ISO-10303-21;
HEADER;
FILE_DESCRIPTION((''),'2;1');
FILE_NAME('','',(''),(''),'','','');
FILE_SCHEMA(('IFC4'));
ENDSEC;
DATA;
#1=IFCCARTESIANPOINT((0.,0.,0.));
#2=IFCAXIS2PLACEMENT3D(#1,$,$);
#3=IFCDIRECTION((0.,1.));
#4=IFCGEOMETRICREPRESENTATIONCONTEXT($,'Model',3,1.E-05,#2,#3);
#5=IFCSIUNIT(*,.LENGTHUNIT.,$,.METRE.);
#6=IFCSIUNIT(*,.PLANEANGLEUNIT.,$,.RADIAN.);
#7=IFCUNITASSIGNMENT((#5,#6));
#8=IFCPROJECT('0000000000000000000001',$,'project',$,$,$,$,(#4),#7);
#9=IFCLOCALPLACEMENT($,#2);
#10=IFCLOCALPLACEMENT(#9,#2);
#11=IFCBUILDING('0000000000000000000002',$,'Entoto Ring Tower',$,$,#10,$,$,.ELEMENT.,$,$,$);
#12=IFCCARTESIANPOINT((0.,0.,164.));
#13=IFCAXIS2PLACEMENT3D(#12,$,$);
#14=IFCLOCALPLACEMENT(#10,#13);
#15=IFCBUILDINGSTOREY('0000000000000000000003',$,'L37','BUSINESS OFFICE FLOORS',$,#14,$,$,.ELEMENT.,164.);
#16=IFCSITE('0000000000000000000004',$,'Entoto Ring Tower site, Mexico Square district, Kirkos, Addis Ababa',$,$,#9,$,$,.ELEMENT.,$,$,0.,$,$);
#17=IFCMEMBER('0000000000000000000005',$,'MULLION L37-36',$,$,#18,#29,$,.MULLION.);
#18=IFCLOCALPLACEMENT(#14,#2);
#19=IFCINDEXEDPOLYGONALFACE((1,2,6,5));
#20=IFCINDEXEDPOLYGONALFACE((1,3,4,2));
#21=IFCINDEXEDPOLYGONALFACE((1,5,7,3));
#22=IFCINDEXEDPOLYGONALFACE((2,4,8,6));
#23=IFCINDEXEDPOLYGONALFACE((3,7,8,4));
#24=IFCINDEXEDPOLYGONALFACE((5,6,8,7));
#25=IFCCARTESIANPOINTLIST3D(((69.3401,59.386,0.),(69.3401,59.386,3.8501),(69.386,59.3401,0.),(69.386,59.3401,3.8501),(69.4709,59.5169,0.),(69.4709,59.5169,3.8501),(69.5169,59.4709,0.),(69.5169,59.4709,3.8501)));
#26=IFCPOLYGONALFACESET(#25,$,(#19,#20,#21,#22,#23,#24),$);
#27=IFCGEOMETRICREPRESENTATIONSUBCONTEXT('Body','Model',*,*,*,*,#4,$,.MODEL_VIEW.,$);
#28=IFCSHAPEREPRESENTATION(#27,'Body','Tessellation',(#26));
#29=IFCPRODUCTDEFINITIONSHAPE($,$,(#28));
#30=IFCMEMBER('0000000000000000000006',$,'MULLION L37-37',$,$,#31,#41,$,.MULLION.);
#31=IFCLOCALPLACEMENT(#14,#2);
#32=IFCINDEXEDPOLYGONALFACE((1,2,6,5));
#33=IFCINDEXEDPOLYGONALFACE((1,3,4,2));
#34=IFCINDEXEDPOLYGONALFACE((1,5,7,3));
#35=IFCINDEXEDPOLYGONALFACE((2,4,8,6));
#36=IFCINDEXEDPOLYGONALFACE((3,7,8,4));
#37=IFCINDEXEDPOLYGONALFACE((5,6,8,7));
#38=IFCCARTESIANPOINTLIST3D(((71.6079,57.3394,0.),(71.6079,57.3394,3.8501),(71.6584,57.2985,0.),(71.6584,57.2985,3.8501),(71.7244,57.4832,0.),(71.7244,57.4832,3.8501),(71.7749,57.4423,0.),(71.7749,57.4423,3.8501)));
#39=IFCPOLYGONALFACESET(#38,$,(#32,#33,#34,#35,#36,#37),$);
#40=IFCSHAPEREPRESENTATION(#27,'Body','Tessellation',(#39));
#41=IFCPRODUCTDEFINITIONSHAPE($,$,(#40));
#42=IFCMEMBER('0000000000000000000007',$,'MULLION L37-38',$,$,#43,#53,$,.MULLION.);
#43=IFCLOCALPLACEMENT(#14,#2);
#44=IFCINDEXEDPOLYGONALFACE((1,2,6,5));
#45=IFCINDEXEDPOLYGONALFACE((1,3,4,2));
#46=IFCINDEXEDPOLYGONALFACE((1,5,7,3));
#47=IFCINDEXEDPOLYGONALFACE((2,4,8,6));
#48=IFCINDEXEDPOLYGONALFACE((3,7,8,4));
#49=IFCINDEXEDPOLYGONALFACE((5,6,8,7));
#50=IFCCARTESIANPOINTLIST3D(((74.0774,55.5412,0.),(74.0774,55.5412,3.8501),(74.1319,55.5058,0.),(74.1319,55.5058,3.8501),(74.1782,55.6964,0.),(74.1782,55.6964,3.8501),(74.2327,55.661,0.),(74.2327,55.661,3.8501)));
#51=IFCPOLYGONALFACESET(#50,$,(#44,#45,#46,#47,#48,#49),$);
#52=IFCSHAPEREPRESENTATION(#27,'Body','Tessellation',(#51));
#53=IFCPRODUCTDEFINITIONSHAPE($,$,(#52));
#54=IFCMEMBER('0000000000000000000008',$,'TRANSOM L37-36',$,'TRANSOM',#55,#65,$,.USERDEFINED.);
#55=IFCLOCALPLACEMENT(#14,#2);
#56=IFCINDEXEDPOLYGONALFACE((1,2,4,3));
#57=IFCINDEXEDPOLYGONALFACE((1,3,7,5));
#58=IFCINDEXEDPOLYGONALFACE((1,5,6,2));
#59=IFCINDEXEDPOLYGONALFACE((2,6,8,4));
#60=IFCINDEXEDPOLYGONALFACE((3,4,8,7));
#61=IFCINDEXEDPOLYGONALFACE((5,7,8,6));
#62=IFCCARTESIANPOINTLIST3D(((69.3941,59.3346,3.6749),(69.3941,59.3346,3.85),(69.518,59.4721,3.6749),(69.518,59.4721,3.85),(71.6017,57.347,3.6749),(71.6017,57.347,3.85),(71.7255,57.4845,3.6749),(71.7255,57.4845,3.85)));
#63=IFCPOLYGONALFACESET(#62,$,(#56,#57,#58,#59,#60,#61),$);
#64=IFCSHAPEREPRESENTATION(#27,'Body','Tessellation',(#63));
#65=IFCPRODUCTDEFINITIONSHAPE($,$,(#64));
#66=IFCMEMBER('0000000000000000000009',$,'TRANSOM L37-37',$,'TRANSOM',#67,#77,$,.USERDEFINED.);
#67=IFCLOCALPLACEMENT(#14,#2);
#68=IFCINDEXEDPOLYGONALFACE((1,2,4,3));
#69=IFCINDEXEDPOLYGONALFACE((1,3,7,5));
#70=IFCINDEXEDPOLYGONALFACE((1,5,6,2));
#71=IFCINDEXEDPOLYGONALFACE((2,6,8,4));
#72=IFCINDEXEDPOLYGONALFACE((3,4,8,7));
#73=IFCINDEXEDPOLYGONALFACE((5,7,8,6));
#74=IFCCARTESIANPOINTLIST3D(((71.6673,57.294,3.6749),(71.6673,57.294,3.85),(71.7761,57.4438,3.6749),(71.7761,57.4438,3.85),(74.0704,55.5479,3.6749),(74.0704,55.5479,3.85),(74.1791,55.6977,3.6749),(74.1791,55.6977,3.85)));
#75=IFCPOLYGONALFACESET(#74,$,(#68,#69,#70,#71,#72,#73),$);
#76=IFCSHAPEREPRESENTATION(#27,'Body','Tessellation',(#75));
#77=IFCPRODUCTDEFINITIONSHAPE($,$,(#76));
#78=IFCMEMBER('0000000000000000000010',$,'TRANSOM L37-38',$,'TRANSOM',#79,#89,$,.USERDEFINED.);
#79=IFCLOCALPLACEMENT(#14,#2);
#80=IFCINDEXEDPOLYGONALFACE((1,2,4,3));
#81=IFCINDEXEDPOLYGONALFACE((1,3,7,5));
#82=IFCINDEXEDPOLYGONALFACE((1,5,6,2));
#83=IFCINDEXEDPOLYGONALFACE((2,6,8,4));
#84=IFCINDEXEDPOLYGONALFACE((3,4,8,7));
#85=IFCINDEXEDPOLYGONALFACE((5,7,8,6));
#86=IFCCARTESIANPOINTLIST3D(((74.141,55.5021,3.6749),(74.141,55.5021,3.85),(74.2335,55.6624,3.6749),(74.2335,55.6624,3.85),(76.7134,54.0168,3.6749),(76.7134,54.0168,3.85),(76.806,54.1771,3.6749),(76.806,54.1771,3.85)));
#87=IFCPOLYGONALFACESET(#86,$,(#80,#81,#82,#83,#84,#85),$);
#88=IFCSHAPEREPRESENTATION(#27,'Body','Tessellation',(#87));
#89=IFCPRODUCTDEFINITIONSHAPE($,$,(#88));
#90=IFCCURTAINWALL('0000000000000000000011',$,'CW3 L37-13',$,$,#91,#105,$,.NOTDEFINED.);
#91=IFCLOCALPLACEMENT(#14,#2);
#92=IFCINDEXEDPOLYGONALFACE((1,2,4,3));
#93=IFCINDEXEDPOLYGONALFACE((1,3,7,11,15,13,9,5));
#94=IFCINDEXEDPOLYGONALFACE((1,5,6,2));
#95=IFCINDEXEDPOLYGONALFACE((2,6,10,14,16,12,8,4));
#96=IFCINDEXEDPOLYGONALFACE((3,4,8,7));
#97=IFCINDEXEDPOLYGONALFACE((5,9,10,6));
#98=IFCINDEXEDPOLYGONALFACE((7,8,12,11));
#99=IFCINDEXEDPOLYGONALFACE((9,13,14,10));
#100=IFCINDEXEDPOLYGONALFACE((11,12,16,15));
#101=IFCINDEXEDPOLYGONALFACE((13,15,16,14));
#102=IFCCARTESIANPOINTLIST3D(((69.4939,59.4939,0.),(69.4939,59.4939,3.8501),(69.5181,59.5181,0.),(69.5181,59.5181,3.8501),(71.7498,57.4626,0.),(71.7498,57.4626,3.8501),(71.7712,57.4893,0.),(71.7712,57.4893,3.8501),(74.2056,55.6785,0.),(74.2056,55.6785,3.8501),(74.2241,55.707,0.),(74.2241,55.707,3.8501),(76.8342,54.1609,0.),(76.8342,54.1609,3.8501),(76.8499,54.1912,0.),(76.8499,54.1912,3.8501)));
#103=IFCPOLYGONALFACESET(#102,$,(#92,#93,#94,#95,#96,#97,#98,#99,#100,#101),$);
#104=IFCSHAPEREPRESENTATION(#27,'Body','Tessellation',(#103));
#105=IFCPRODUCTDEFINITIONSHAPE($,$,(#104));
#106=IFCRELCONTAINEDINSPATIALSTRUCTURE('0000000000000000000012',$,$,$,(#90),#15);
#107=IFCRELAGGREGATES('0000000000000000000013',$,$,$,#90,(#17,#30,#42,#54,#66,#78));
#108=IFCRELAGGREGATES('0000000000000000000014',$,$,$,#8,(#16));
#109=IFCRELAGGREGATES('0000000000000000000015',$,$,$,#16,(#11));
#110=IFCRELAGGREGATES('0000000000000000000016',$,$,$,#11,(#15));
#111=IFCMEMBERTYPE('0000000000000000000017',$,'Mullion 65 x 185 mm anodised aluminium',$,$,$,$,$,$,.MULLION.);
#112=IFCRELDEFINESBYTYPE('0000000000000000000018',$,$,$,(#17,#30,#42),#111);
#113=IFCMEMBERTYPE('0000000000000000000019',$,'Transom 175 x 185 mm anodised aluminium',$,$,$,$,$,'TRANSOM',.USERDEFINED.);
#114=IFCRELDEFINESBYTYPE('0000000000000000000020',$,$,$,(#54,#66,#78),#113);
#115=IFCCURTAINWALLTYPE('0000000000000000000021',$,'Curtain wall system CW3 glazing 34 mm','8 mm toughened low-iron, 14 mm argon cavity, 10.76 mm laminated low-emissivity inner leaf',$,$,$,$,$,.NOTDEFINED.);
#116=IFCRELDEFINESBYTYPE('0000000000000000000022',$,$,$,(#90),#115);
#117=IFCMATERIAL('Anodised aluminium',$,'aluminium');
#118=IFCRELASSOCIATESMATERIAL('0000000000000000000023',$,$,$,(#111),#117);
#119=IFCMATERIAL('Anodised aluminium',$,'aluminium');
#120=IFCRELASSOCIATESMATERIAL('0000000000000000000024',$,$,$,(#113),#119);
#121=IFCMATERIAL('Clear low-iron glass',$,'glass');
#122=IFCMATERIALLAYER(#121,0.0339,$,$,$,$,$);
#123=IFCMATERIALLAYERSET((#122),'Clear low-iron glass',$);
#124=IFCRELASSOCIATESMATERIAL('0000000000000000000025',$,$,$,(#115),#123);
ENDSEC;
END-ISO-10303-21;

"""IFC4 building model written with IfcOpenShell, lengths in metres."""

from ifc_helpers import new_model, si_unit, direction, frame, origin, origin_2d, place, context, subcontext, project, spatial, polyline, rectangle, outline, extrude, material, layer, layer_set, material_profile, profile_set, type_object, element, aggregate, save


model = new_model("IFC4")

# Units and contexts
model_context = context("Model", 3, precision=1e-05, world=origin(), true_north=direction((0.0, 1.0)))
body_context = subcontext(model_context, "Body", "Model", "MODEL_VIEW")
ifc_project = project(units=[si_unit("LENGTHUNIT", "METRE"), si_unit("PLANEANGLEUNIT", "RADIAN")], contexts=[model_context])

# Members
ifc_material_1 = material(Name="Anodised aluminium", Category="aluminium")
ifc_material_profile_1 = material_profile(ifc_material_1, rectangle(XDim=0.0649, YDim=0.1851, at=origin_2d()), Name="Mullion 65 x 185 mm anodised aluminium")
ifc_profile_set_1 = profile_set([ifc_material_profile_1], Name="Anodised aluminium")
member_type_1 = type_object("IfcMemberType", Name="Mullion 65 x 185 mm anodised aluminium", PredefinedType="MULLION", material=ifc_profile_set_1)
site_placement = place(None, origin())
building_placement = place(site_placement, origin())
storey_placement = place(building_placement, frame((0.0, 0.0, 164.0)))
member_1_placement = place(storey_placement, frame((69.4285, 59.4285, 0.0), z_axis=(0.0, 0.0, 1.0), x_axis=(0.707107, -0.707107, 0.0)))
member_1 = element("IfcMember", 1, at=member_1_placement, type_object=member_type_1, Name="MULLION L37-36", PredefinedType="MULLION", context=body_context, shape_type="SweptSolid", body=[
    extrude(rectangle(XDim=0.0649, YDim=0.1851, at=origin_2d()), origin(), (0.0, 0.0, 1.0), 3.8501),
])
member_2_placement = place(storey_placement, frame((71.6914, 57.3909, 0.0), z_axis=(0.0, 0.0, 1.0), x_axis=(0.777146, -0.62932, 0.0)))
member_2 = element("IfcMember", 2, at=member_2_placement, type_object=member_type_1, Name="MULLION L37-37", PredefinedType="MULLION", context=body_context, shape_type="SweptSolid", body=[
    extrude(rectangle(XDim=0.0649, YDim=0.1851, at=origin_2d()), origin(), (0.0, 0.0, 1.0), 3.8501),
])
member_3_placement = place(storey_placement, frame((74.155, 55.6011, 0.0), z_axis=(0.0, 0.0, 1.0), x_axis=(0.838671, -0.544639, 0.0)))
member_3 = element("IfcMember", 3, at=member_3_placement, type_object=member_type_1, Name="MULLION L37-38", PredefinedType="MULLION", context=body_context, shape_type="SweptSolid", body=[
    extrude(rectangle(XDim=0.0649, YDim=0.1851, at=origin_2d()), origin(), (0.0, 0.0, 1.0), 3.8501),
])
ifc_material_2 = material(Name="Anodised aluminium", Category="aluminium")
ifc_material_profile_2 = material_profile(ifc_material_2, rectangle(XDim=0.1851, YDim=0.175, at=origin_2d()), Name="Transom 175 x 185 mm anodised aluminium")
ifc_profile_set_2 = profile_set([ifc_material_profile_2], Name="Anodised aluminium")
member_type_2 = type_object("IfcMemberType", Name="Transom 175 x 185 mm anodised aluminium", ElementType="TRANSOM", PredefinedType="USERDEFINED", material=ifc_profile_set_2)
member_4_placement = place(storey_placement, frame((69.4561, 59.4033, 3.7625), z_axis=(0.743163, -0.66911, 0.0), x_axis=(0.66911, 0.743163, 0.0)))
member_4 = element("IfcMember", 4, at=member_4_placement, type_object=member_type_2, Name="TRANSOM L37-36", ObjectType="TRANSOM", PredefinedType="USERDEFINED", context=body_context, shape_type="SweptSolid", body=[
    extrude(rectangle(XDim=0.1851, YDim=0.175, at=origin_2d()), origin(), (0.0, 0.0, 1.0), 2.9705),
])
member_5_placement = place(storey_placement, frame((71.7217, 57.3689, 3.7625), z_axis=(0.808992, -0.58782, 0.0), x_axis=(0.58782, 0.808992, 0.0)))
member_5 = element("IfcMember", 5, at=member_5_placement, type_object=member_type_2, Name="TRANSOM L37-37", ObjectType="TRANSOM", PredefinedType="USERDEFINED", context=body_context, shape_type="SweptSolid", body=[
    extrude(rectangle(XDim=0.1851, YDim=0.175, at=origin_2d()), origin(), (0.0, 0.0, 1.0), 2.9705),
])
member_6_placement = place(storey_placement, frame((74.1873, 55.5823, 3.7625), z_axis=(0.866009, -0.500028, 0.0), x_axis=(0.500028, 0.866009, 0.0)))
member_6 = element("IfcMember", 6, at=member_6_placement, type_object=member_type_2, Name="TRANSOM L37-38", ObjectType="TRANSOM", PredefinedType="USERDEFINED", context=body_context, shape_type="SweptSolid", body=[
    extrude(rectangle(XDim=0.1851, YDim=0.175, at=origin_2d()), origin(), (0.0, 0.0, 1.0), 2.9705),
])

# Site, building, storey
site = spatial("IfcSite", under=ifc_project, at=site_placement, Name="Entoto Ring Tower site, Mexico Square district, Kirkos, Addis Ababa", CompositionType="ELEMENT", RefElevation=0.0)
building = spatial("IfcBuilding", under=site, at=building_placement, Name="Entoto Ring Tower", CompositionType="ELEMENT")
storey = spatial("IfcBuildingStorey", under=building, at=storey_placement, Name="L37", Description="BUSINESS OFFICE FLOORS", CompositionType="ELEMENT", Elevation=164.0)

# Curtain wall
ifc_material_3 = material(Name="Clear low-iron glass", Category="glass")
ifc_layer = layer(ifc_material_3, 0.0339)
ifc_layer_set = layer_set([ifc_layer], Name="Clear low-iron glass")
curtain_wall_type = type_object("IfcCurtainWallType", Name="Curtain wall system CW3 glazing 34 mm", Description="8 mm toughened low-iron, 14 mm argon cavity, 10.76 mm laminated low-emissivity inner leaf", PredefinedType="NOTDEFINED", material=ifc_layer_set)
curtain_wall_1_placement = place(storey_placement, origin())
curtain_wall_1 = element("IfcCurtainWall", 7, at=curtain_wall_1_placement, inside=storey, type_object=curtain_wall_type, Name="CW3 L37-13", PredefinedType="NOTDEFINED", context=body_context, shape_type="SweptSolid", body=[
    extrude(outline(polyline([(69.4939, 59.4939), (71.7498, 57.4626), (74.2056, 55.6785), (76.8342, 54.1609), (76.8499, 54.1912), (74.2241, 55.707), (71.7712, 57.4893), (69.5181, 59.5181), (69.4939, 59.4939)])), origin(), (0.0, 0.0, 1.0), 3.8501),
])
aggregate(curtain_wall_1, [member_1, member_2, member_3, member_4, member_5, member_6])

save(model, "model.ifc")
